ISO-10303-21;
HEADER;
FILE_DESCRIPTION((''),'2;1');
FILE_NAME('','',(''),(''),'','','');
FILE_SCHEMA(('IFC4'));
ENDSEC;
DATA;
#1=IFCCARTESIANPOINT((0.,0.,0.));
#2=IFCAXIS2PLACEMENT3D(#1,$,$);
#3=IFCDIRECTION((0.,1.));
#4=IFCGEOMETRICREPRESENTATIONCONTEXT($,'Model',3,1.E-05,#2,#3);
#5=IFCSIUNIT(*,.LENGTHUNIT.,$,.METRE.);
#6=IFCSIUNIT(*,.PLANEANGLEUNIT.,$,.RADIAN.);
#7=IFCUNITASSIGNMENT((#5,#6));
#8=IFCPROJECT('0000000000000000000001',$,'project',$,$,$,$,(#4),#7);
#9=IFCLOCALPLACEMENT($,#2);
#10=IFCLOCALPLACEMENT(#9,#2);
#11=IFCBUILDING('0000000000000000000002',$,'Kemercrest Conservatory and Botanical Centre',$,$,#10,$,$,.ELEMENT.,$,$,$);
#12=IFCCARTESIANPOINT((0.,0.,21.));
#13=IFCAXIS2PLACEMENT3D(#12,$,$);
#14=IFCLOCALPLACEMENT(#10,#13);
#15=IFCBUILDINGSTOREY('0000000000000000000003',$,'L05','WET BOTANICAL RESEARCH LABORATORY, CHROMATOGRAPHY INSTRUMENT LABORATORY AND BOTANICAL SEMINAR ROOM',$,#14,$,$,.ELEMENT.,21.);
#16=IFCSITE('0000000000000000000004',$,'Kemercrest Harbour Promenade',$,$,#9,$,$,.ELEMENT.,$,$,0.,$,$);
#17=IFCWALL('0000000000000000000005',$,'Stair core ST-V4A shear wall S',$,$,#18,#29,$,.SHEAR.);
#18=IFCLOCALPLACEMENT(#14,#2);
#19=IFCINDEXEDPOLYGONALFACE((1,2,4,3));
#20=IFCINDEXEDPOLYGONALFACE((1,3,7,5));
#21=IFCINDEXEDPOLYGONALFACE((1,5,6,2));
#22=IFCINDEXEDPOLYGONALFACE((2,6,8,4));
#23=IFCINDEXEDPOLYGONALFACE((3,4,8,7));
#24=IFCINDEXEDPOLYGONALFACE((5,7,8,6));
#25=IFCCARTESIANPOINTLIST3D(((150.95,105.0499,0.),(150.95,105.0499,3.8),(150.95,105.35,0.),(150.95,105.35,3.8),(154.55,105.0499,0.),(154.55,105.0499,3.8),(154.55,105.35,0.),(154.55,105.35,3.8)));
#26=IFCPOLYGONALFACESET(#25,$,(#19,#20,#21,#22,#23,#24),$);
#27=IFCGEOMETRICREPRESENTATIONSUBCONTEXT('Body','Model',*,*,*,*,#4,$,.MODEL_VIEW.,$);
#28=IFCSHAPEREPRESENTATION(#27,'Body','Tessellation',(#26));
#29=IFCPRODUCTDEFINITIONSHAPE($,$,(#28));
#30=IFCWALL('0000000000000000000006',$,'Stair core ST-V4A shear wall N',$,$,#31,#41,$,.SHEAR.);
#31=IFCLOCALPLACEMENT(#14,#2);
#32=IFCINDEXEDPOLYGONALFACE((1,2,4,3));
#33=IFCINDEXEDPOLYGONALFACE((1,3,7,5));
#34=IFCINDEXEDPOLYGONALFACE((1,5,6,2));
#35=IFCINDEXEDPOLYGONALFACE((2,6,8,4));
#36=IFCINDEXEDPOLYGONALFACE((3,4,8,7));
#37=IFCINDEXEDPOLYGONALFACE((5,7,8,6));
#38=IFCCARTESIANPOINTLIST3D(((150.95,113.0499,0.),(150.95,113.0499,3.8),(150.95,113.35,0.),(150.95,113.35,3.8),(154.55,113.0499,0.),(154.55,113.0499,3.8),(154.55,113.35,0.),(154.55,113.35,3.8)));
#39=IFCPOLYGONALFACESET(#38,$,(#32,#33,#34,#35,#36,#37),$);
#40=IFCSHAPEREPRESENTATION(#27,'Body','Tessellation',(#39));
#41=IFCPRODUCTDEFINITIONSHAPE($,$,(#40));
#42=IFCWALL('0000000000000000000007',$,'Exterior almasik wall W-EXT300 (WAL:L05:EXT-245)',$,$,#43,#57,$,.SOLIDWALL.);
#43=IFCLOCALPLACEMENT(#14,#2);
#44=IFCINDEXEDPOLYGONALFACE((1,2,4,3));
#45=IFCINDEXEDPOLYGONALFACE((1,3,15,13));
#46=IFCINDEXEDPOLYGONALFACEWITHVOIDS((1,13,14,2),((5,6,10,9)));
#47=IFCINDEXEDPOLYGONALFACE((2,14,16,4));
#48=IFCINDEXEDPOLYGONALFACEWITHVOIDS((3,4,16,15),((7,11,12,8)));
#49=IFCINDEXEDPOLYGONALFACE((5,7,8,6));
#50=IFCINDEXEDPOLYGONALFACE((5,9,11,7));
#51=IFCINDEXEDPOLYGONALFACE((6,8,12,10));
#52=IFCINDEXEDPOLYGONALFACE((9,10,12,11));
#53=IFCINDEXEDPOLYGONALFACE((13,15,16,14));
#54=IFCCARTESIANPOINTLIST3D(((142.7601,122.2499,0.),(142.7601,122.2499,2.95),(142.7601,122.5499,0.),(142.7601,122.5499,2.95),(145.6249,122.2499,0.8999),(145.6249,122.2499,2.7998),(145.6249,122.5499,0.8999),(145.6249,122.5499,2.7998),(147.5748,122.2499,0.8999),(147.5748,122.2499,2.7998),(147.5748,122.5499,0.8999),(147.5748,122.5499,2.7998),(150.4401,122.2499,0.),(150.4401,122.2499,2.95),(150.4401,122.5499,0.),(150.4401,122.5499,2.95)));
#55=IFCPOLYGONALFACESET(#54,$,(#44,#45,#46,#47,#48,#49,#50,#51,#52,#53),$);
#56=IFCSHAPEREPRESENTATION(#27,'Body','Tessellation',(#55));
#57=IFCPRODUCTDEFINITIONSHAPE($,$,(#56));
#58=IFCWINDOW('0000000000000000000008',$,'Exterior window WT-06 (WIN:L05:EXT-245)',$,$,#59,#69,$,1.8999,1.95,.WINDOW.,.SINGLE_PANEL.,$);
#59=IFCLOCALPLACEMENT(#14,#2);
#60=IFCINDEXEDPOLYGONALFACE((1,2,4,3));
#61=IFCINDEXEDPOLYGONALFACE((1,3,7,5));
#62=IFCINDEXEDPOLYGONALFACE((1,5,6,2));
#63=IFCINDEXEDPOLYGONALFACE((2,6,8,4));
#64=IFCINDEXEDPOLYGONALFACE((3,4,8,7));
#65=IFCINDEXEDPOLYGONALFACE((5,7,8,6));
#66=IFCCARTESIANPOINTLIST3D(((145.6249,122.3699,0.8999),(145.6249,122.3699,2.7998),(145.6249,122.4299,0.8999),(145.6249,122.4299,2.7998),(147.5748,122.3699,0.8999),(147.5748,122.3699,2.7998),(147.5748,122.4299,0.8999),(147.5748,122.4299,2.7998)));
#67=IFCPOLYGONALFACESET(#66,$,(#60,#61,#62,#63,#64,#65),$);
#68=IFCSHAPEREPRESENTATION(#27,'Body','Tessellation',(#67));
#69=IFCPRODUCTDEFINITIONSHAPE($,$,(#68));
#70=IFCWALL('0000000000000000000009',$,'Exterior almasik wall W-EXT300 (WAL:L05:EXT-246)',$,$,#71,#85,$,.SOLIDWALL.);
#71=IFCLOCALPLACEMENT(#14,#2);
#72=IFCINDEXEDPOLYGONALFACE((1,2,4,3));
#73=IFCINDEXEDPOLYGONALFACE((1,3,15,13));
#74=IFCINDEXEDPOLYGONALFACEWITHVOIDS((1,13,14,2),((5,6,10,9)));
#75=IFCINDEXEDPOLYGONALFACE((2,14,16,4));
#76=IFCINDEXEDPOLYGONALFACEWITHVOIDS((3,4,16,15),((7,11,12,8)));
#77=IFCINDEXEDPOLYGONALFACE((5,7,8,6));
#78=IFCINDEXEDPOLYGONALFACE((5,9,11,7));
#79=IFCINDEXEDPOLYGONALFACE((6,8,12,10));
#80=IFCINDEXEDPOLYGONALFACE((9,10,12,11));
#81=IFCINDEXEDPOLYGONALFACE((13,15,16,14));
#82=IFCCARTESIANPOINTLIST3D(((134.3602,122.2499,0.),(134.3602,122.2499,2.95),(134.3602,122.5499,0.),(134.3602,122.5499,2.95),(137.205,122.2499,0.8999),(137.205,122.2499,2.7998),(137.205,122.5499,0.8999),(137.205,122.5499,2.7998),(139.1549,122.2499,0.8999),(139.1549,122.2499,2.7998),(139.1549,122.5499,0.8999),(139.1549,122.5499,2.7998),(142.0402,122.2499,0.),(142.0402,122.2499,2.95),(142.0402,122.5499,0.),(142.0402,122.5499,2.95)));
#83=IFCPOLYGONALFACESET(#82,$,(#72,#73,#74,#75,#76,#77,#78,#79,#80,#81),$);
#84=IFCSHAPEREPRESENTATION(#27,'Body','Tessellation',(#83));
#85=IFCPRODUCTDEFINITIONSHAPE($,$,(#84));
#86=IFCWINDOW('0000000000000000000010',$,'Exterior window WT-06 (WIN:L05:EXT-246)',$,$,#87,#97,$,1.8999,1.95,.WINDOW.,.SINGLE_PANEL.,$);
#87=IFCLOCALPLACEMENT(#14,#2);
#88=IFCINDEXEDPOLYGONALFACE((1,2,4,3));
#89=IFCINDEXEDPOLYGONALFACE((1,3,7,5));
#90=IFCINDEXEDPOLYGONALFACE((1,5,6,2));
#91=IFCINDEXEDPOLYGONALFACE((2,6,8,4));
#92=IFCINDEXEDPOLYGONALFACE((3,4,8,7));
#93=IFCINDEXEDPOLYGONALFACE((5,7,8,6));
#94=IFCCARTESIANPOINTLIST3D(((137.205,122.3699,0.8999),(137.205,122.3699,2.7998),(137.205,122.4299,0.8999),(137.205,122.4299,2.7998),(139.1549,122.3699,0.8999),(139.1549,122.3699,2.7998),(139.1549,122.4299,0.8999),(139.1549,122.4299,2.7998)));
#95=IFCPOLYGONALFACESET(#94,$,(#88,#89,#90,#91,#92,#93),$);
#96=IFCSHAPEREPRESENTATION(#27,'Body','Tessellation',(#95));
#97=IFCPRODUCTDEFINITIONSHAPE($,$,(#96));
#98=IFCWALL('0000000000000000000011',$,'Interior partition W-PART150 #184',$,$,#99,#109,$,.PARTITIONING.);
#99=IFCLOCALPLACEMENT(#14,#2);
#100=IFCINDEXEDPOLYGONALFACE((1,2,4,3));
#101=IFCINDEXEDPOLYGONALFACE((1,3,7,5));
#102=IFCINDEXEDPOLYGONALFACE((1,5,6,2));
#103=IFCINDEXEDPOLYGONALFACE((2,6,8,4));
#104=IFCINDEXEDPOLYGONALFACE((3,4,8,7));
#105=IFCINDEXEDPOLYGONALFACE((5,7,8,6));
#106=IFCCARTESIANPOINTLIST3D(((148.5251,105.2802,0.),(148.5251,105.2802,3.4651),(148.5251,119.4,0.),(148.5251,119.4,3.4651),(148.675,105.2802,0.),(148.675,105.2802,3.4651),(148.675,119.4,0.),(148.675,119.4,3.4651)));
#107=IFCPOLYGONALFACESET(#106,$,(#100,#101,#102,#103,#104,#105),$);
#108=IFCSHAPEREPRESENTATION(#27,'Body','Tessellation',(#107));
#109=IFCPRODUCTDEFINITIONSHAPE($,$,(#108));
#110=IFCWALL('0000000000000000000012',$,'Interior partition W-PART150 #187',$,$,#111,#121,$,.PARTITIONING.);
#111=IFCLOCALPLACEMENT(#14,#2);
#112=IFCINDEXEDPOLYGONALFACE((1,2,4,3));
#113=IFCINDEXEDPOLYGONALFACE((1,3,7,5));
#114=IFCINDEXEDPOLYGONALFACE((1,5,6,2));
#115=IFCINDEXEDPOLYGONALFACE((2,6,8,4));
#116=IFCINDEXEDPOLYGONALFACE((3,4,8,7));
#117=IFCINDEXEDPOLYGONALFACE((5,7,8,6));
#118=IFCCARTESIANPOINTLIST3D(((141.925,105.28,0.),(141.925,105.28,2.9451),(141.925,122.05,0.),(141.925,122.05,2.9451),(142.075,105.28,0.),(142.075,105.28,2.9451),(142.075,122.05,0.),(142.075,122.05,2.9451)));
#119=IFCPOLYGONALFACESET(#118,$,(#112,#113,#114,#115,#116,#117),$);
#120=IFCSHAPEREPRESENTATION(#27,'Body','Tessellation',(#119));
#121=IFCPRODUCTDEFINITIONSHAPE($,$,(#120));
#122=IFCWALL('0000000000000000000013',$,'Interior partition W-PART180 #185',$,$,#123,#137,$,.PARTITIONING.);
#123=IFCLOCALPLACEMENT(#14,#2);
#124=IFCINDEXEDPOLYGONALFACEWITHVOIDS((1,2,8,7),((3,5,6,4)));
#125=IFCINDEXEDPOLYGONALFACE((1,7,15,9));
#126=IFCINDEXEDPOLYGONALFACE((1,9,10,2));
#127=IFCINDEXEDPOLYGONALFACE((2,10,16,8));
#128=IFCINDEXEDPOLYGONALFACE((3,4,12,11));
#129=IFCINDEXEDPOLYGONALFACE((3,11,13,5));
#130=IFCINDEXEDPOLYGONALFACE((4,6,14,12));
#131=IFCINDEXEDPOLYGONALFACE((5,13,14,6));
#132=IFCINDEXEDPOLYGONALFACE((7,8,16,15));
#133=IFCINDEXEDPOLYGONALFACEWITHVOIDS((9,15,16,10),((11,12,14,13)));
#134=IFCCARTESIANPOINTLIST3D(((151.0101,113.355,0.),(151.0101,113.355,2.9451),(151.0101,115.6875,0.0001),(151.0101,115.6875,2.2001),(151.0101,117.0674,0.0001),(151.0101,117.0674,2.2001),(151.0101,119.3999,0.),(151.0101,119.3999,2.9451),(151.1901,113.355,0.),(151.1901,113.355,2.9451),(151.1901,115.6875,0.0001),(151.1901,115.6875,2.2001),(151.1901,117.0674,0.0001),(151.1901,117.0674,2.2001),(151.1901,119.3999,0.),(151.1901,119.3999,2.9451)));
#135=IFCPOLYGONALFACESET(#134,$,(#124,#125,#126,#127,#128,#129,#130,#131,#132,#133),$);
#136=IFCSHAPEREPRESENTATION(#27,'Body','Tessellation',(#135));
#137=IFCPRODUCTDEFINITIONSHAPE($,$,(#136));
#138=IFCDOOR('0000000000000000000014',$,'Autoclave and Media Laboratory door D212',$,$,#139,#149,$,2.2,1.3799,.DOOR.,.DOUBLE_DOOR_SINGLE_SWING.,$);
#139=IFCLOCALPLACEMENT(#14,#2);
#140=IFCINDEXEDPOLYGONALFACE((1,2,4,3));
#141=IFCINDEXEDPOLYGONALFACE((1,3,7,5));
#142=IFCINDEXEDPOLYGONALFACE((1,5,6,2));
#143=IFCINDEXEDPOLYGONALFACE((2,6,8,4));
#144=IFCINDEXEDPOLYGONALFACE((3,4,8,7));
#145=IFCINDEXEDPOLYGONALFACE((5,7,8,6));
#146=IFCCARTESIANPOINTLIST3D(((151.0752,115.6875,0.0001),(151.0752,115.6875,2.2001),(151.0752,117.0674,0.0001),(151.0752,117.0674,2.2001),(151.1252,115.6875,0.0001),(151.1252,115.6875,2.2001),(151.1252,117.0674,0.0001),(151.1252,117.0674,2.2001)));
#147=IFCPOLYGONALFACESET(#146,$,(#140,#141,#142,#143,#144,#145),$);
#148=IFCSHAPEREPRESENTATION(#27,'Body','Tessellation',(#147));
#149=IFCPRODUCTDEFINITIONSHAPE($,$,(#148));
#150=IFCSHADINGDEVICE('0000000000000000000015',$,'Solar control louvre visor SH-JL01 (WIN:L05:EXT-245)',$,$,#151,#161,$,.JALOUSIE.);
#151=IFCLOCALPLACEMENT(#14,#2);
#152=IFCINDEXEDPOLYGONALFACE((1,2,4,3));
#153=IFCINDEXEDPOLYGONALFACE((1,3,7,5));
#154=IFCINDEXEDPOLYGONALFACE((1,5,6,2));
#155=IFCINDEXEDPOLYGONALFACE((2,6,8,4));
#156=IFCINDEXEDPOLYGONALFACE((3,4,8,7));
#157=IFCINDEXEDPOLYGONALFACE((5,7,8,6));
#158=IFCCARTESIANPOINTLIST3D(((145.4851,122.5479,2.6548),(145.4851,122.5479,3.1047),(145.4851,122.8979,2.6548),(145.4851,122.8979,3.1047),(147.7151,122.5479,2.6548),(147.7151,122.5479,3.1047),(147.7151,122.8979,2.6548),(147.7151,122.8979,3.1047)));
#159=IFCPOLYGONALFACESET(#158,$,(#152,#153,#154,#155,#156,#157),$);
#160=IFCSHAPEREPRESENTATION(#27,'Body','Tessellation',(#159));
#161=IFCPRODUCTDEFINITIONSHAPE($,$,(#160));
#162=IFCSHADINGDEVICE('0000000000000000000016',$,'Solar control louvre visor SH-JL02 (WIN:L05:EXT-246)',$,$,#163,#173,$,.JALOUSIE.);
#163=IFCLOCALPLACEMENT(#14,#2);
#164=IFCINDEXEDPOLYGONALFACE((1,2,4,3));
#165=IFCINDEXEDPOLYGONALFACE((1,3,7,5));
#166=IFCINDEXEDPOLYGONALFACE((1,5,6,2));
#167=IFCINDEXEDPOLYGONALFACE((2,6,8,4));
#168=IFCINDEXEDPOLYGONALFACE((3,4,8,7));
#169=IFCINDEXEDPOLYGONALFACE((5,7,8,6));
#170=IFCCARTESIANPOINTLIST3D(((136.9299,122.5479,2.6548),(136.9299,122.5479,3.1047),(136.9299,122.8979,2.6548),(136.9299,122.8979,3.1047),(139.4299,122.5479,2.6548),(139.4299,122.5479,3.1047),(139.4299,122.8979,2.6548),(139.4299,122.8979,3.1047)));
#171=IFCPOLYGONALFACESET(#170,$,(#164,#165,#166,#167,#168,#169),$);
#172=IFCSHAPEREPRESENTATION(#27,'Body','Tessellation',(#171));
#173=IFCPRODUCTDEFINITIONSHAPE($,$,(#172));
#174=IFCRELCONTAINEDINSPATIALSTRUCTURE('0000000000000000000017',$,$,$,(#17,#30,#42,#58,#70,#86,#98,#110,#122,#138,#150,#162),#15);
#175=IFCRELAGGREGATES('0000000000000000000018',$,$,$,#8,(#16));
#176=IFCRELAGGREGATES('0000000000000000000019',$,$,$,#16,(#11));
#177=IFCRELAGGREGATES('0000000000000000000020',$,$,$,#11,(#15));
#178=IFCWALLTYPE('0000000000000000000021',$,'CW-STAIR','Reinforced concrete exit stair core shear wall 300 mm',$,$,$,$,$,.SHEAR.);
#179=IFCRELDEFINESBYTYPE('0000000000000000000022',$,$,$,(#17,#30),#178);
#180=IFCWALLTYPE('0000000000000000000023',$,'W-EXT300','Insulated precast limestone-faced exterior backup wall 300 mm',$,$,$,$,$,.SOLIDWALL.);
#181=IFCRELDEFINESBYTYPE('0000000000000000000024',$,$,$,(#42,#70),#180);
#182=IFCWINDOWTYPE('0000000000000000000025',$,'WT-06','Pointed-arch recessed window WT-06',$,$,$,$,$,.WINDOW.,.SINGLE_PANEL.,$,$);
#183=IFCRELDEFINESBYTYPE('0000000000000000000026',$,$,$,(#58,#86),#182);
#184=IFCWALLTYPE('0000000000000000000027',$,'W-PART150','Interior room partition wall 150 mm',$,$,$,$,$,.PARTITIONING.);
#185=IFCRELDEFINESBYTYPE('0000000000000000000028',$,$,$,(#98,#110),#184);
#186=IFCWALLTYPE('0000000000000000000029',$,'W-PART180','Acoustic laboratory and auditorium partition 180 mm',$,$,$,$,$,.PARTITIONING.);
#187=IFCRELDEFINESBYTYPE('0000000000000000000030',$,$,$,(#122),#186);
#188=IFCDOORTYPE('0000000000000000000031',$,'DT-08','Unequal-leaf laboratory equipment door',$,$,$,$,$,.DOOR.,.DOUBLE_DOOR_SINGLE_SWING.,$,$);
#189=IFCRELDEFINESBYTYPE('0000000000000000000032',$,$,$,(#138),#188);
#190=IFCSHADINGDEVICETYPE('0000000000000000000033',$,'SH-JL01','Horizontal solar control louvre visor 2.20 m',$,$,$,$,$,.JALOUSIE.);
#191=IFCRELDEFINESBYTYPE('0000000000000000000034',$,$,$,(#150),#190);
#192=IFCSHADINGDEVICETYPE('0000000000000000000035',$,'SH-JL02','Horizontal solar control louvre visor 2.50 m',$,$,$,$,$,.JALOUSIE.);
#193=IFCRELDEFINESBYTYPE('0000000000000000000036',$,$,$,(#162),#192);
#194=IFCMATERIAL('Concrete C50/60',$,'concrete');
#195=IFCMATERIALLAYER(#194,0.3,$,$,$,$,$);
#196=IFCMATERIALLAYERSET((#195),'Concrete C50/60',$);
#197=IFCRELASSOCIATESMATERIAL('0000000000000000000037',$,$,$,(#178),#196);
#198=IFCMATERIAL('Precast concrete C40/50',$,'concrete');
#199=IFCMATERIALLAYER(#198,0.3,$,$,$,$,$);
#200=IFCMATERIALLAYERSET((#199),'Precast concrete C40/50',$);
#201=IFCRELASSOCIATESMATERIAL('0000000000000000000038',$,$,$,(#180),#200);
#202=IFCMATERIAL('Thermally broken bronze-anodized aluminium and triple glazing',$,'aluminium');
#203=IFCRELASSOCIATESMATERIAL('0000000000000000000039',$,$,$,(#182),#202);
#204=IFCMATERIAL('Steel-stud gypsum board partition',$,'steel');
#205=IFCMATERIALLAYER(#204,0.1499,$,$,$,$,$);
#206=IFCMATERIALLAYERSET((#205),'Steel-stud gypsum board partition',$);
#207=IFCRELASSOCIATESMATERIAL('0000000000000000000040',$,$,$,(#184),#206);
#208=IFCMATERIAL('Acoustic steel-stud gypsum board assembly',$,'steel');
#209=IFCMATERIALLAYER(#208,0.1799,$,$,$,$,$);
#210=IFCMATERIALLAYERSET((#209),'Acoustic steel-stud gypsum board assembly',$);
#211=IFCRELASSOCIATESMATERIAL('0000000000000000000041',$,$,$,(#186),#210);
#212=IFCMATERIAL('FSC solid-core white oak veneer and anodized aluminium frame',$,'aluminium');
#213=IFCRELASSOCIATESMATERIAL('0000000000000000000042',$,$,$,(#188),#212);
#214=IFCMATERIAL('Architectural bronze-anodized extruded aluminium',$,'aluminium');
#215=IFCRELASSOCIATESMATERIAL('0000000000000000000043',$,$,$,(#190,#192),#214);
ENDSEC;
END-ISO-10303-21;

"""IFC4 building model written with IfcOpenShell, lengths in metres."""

from ifc_helpers import new_model, si_unit, direction, frame, frame_2d, origin, origin_2d, place, context, subcontext, project, spatial, rectangle, extrude, material, layer, layer_set, type_object, element, fill, save


model = new_model("IFC4")

# Units and contexts
model_context = context("Model", 3, precision=1e-05, world=origin(), true_north=direction((0.0, 1.0)))
body_context = subcontext(model_context, "Body", "Model", "MODEL_VIEW")
ifc_project = project(units=[si_unit("LENGTHUNIT", "METRE"), si_unit("PLANEANGLEUNIT", "RADIAN")], contexts=[model_context])

# Site, building, storey
site_placement = place(None, origin())
site = spatial("IfcSite", under=ifc_project, at=site_placement, Name="Kemercrest Harbour Promenade", CompositionType="ELEMENT", RefElevation=0.0)
building_placement = place(site_placement, origin())
building = spatial("IfcBuilding", under=site, at=building_placement, Name="Kemercrest Conservatory and Botanical Centre", CompositionType="ELEMENT")
storey_placement = place(building_placement, frame((0.0, 0.0, 21.0)))
storey = spatial("IfcBuildingStorey", under=building, at=storey_placement, Name="L05", Description="WET BOTANICAL RESEARCH LABORATORY, CHROMATOGRAPHY INSTRUMENT LABORATORY AND BOTANICAL SEMINAR ROOM", CompositionType="ELEMENT", Elevation=21.0)

# Shared definitions
ifc_material_1 = material(Name="Concrete C50/60", Category="concrete")

# Walls
ifc_layer_1 = layer(ifc_material_1, 0.3)
ifc_layer_set_1 = layer_set([ifc_layer_1], Name="Concrete C50/60")
wall_type_1 = type_object("IfcWallType", Name="CW-STAIR", Description="Reinforced concrete exit stair core shear wall 300 mm", PredefinedType="SHEAR", material=ifc_layer_set_1)
for number, where, z_axis, x_axis, name in (
    (1, (150.95, 105.2, 0.0), (0.0, 0.0, 1.0), (1.0, 0.0, 0.0), "Stair core ST-V4A shear wall S"),
    (2, (150.95, 113.2, 0.0), (0.0, 0.0, 1.0), (1.0, 0.0, 0.0), "Stair core ST-V4A shear wall N"),
):
    element("IfcWall", number, at=place(storey_placement, frame(where, z_axis=z_axis, x_axis=x_axis)), inside=storey, type_object=wall_type_1, Name=name, PredefinedType="SHEAR", context=body_context, shape_type="SweptSolid", body=[
        extrude(rectangle(XDim=3.6001, YDim=0.3, at=frame_2d((1.8, 0.0))), origin(), (0.0, 0.0, 1.0), 3.8),
    ])

# Walls, openings, windows
ifc_material_2 = material(Name="Precast concrete C40/50", Category="concrete")
ifc_layer_2 = layer(ifc_material_2, 0.3)
ifc_layer_set_2 = layer_set([ifc_layer_2], Name="Precast concrete C40/50")
wall_type_2 = type_object("IfcWallType", Name="W-EXT300", Description="Insulated precast limestone-faced exterior backup wall 300 mm", PredefinedType="SOLIDWALL", material=ifc_layer_set_2)
wall_1_placement = place(storey_placement, frame((150.4399, 122.3999, 0.0), z_axis=(0.0, 0.0, 1.0), x_axis=(-1.0, 0.0, 0.0)))
wall_1 = element("IfcWall", 3, at=wall_1_placement, inside=storey, type_object=wall_type_2, Name="Exterior almasik wall W-EXT300 (WAL:L05:EXT-245)", PredefinedType="SOLIDWALL", context=body_context, shape_type="SweptSolid", body=[
    extrude(rectangle(XDim=7.6799, YDim=0.3, at=frame_2d((3.8398, 0.0))), origin(), (0.0, 0.0, 1.0), 2.95),
])
opening_1_placement = place(wall_1_placement, frame((2.865, 0.0, 0.8999)))
opening_1 = element("IfcOpeningElement", 4, at=opening_1_placement, cuts=wall_1, PredefinedType="OPENING", context=body_context, shape_type="SweptSolid", body=[
    extrude(rectangle(XDim=1.95, YDim=1.8999, at=frame_2d((0.9751, 0.95))), frame((0.0, 0.1602, 0.0), z_axis=(0.0, -1.0, 0.0), x_axis=(1.0, 0.0, 0.0)), (0.0, 0.0, 1.0), 0.3201),
])
ifc_material_3 = material(Name="Thermally broken bronze-anodized aluminium and triple glazing", Category="aluminium")
window_type = type_object("IfcWindowType", Name="WT-06", Description="Pointed-arch recessed window WT-06", PartitioningType="SINGLE_PANEL", PredefinedType="WINDOW", material=ifc_material_3)
window_1_placement = place(opening_1_placement, origin())
window_1 = element("IfcWindow", 5, at=window_1_placement, inside=storey, type_object=window_type, Name="Exterior window WT-06 (WIN:L05:EXT-245)", OverallHeight=1.8999, OverallWidth=1.95, PartitioningType="SINGLE_PANEL", PredefinedType="WINDOW", context=body_context, shape_type="SweptSolid", body=[
    extrude(rectangle(XDim=1.95, YDim=1.8999, at=frame_2d((0.9751, 0.95))), frame((0.0, 0.03, 0.0), z_axis=(0.0, -1.0, 0.0), x_axis=(1.0, 0.0, 0.0)), (0.0, 0.0, 1.0), 0.0601),
])
fill(opening_1, window_1)
wall_2_placement = place(storey_placement, frame((142.04, 122.3999, 0.0), z_axis=(0.0, 0.0, 1.0), x_axis=(-1.0, 0.0, 0.0)))
wall_2 = element("IfcWall", 6, at=wall_2_placement, inside=storey, type_object=wall_type_2, Name="Exterior almasik wall W-EXT300 (WAL:L05:EXT-246)", PredefinedType="SOLIDWALL", context=body_context, shape_type="SweptSolid", body=[
    extrude(rectangle(XDim=7.6799, YDim=0.3, at=frame_2d((3.8398, 0.0))), origin(), (0.0, 0.0, 1.0), 2.95),
])
opening_2_placement = place(wall_2_placement, frame((2.885, 0.0, 0.8999)))
opening_2 = element("IfcOpeningElement", 7, at=opening_2_placement, cuts=wall_2, PredefinedType="OPENING", context=body_context, shape_type="SweptSolid", body=[
    extrude(rectangle(XDim=1.95, YDim=1.8999, at=frame_2d((0.9751, 0.95))), frame((0.0, 0.1602, 0.0), z_axis=(0.0, -1.0, 0.0), x_axis=(1.0, 0.0, 0.0)), (0.0, 0.0, 1.0), 0.3201),
])
window_2_placement = place(opening_2_placement, origin())
window_2 = element("IfcWindow", 8, at=window_2_placement, inside=storey, type_object=window_type, Name="Exterior window WT-06 (WIN:L05:EXT-246)", OverallHeight=1.8999, OverallWidth=1.95, PartitioningType="SINGLE_PANEL", PredefinedType="WINDOW", context=body_context, shape_type="SweptSolid", body=[
    extrude(rectangle(XDim=1.95, YDim=1.8999, at=frame_2d((0.9751, 0.95))), frame((0.0, 0.03, 0.0), z_axis=(0.0, -1.0, 0.0), x_axis=(1.0, 0.0, 0.0)), (0.0, 0.0, 1.0), 0.0601),
])
fill(opening_2, window_2)

# Walls
ifc_material_4 = material(Name="Steel-stud gypsum board partition", Category="steel")
ifc_layer_3 = layer(ifc_material_4, 0.1499)
ifc_layer_set_3 = layer_set([ifc_layer_3], Name="Steel-stud gypsum board partition")
wall_type_3 = type_object("IfcWallType", Name="W-PART150", Description="Interior room partition wall 150 mm", PredefinedType="PARTITIONING", material=ifc_layer_set_3)
wall_3_placement = place(storey_placement, frame((148.6001, 105.28, 0.0), z_axis=(0.0, 0.0, 1.0), x_axis=(0.0, 1.0, 0.0)))
element("IfcWall", 9, at=wall_3_placement, inside=storey, type_object=wall_type_3, Name="Interior partition W-PART150 #184", PredefinedType="PARTITIONING", context=body_context, shape_type="SweptSolid", body=[
    extrude(rectangle(XDim=14.1199, YDim=0.1499, at=frame_2d((7.0601, 0.0))), origin(), (0.0, 0.0, 1.0), 3.4651),
])
wall_4_placement = place(storey_placement, frame((142.0, 105.28, 0.0), z_axis=(0.0, 0.0, 1.0), x_axis=(0.0, 1.0, 0.0)))
element("IfcWall", 10, at=wall_4_placement, inside=storey, type_object=wall_type_3, Name="Interior partition W-PART150 #187", PredefinedType="PARTITIONING", context=body_context, shape_type="SweptSolid", body=[
    extrude(rectangle(XDim=16.77, YDim=0.1499, at=frame_2d((8.385, 0.0))), origin(), (0.0, 0.0, 1.0), 2.9451),
])

# Wall, opening, door
ifc_material_5 = material(Name="Acoustic steel-stud gypsum board assembly", Category="steel")
ifc_layer_4 = layer(ifc_material_5, 0.1799)
ifc_layer_set_4 = layer_set([ifc_layer_4], Name="Acoustic steel-stud gypsum board assembly")
wall_type_4 = type_object("IfcWallType", Name="W-PART180", Description="Acoustic laboratory and auditorium partition 180 mm", PredefinedType="PARTITIONING", material=ifc_layer_set_4)
wall_5_placement = place(storey_placement, frame((151.1001, 113.355, 0.0), z_axis=(0.0, 0.0, 1.0), x_axis=(0.0, 1.0, 0.0)))
wall_5 = element("IfcWall", 11, at=wall_5_placement, inside=storey, type_object=wall_type_4, Name="Interior partition W-PART180 #185", PredefinedType="PARTITIONING", context=body_context, shape_type="SweptSolid", body=[
    extrude(rectangle(XDim=6.0449, YDim=0.1799, at=frame_2d((3.0225, 0.0))), origin(), (0.0, 0.0, 1.0), 2.9451),
])
opening_3_placement = place(wall_5_placement, frame((2.3325, 0.0, 0.0)))
opening_3 = element("IfcOpeningElement", 12, at=opening_3_placement, cuts=wall_5, PredefinedType="OPENING", context=body_context, shape_type="SweptSolid", body=[
    extrude(rectangle(XDim=1.3799, YDim=2.2, at=frame_2d((0.6899, 1.1001))), frame((0.0, 0.1001, 0.0), z_axis=(0.0, -1.0, 0.0), x_axis=(1.0, 0.0, 0.0)), (0.0, 0.0, 1.0), 0.2),
])
ifc_material_6 = material(Name="FSC solid-core white oak veneer and anodized aluminium frame", Category="aluminium")
door_type = type_object("IfcDoorType", Name="DT-08", Description="Unequal-leaf laboratory equipment door", OperationType="DOUBLE_DOOR_SINGLE_SWING", PredefinedType="DOOR", material=ifc_material_6)
door_placement = place(opening_3_placement, origin())
door = element("IfcDoor", 13, at=door_placement, inside=storey, type_object=door_type, Name="Autoclave and Media Laboratory door D212", OperationType="DOUBLE_DOOR_SINGLE_SWING", OverallHeight=2.2, OverallWidth=1.3799, PredefinedType="DOOR", context=body_context, shape_type="SweptSolid", body=[
    extrude(rectangle(XDim=1.3799, YDim=2.2, at=frame_2d((0.6899, 1.1001))), frame((0.0, 0.0249, 0.0), z_axis=(0.0, -1.0, 0.0), x_axis=(1.0, 0.0, 0.0)), (0.0, 0.0, 1.0), 0.05),
])
fill(opening_3, door)

# Shading devices
ifc_material_7 = material(Name="Architectural bronze-anodized extruded aluminium", Category="aluminium")
shading_device_type_1 = type_object("IfcShadingDeviceType", Name="SH-JL01", Description="Horizontal solar control louvre visor 2.20 m", PredefinedType="JALOUSIE", material=ifc_material_7)
shading_device_1_placement = place(storey_placement, frame((146.6001, 122.7229, 2.6548), z_axis=(0.0, 0.0, 1.0), x_axis=(-1.0, 0.0, 0.0)))
element("IfcShadingDevice", 14, at=shading_device_1_placement, inside=storey, type_object=shading_device_type_1, Name="Solar control louvre visor SH-JL01 (WIN:L05:EXT-245)", PredefinedType="JALOUSIE", context=body_context, shape_type="SweptSolid", body=[
    extrude(rectangle(XDim=2.23, YDim=0.3501, at=origin_2d()), origin(), (0.0, 0.0, 1.0), 0.45),
])
shading_device_type_2 = type_object("IfcShadingDeviceType", Name="SH-JL02", Description="Horizontal solar control louvre visor 2.50 m", PredefinedType="JALOUSIE", material=ifc_material_7)
shading_device_2_placement = place(storey_placement, frame((138.1799, 122.7229, 2.6548), z_axis=(0.0, 0.0, 1.0), x_axis=(-1.0, 0.0, 0.0)))
element("IfcShadingDevice", 15, at=shading_device_2_placement, inside=storey, type_object=shading_device_type_2, Name="Solar control louvre visor SH-JL02 (WIN:L05:EXT-246)", PredefinedType="JALOUSIE", context=body_context, shape_type="SweptSolid", body=[
    extrude(rectangle(XDim=2.5, YDim=0.3501, at=origin_2d()), origin(), (0.0, 0.0, 1.0), 0.45),
])

save(model, "model.ifc")
